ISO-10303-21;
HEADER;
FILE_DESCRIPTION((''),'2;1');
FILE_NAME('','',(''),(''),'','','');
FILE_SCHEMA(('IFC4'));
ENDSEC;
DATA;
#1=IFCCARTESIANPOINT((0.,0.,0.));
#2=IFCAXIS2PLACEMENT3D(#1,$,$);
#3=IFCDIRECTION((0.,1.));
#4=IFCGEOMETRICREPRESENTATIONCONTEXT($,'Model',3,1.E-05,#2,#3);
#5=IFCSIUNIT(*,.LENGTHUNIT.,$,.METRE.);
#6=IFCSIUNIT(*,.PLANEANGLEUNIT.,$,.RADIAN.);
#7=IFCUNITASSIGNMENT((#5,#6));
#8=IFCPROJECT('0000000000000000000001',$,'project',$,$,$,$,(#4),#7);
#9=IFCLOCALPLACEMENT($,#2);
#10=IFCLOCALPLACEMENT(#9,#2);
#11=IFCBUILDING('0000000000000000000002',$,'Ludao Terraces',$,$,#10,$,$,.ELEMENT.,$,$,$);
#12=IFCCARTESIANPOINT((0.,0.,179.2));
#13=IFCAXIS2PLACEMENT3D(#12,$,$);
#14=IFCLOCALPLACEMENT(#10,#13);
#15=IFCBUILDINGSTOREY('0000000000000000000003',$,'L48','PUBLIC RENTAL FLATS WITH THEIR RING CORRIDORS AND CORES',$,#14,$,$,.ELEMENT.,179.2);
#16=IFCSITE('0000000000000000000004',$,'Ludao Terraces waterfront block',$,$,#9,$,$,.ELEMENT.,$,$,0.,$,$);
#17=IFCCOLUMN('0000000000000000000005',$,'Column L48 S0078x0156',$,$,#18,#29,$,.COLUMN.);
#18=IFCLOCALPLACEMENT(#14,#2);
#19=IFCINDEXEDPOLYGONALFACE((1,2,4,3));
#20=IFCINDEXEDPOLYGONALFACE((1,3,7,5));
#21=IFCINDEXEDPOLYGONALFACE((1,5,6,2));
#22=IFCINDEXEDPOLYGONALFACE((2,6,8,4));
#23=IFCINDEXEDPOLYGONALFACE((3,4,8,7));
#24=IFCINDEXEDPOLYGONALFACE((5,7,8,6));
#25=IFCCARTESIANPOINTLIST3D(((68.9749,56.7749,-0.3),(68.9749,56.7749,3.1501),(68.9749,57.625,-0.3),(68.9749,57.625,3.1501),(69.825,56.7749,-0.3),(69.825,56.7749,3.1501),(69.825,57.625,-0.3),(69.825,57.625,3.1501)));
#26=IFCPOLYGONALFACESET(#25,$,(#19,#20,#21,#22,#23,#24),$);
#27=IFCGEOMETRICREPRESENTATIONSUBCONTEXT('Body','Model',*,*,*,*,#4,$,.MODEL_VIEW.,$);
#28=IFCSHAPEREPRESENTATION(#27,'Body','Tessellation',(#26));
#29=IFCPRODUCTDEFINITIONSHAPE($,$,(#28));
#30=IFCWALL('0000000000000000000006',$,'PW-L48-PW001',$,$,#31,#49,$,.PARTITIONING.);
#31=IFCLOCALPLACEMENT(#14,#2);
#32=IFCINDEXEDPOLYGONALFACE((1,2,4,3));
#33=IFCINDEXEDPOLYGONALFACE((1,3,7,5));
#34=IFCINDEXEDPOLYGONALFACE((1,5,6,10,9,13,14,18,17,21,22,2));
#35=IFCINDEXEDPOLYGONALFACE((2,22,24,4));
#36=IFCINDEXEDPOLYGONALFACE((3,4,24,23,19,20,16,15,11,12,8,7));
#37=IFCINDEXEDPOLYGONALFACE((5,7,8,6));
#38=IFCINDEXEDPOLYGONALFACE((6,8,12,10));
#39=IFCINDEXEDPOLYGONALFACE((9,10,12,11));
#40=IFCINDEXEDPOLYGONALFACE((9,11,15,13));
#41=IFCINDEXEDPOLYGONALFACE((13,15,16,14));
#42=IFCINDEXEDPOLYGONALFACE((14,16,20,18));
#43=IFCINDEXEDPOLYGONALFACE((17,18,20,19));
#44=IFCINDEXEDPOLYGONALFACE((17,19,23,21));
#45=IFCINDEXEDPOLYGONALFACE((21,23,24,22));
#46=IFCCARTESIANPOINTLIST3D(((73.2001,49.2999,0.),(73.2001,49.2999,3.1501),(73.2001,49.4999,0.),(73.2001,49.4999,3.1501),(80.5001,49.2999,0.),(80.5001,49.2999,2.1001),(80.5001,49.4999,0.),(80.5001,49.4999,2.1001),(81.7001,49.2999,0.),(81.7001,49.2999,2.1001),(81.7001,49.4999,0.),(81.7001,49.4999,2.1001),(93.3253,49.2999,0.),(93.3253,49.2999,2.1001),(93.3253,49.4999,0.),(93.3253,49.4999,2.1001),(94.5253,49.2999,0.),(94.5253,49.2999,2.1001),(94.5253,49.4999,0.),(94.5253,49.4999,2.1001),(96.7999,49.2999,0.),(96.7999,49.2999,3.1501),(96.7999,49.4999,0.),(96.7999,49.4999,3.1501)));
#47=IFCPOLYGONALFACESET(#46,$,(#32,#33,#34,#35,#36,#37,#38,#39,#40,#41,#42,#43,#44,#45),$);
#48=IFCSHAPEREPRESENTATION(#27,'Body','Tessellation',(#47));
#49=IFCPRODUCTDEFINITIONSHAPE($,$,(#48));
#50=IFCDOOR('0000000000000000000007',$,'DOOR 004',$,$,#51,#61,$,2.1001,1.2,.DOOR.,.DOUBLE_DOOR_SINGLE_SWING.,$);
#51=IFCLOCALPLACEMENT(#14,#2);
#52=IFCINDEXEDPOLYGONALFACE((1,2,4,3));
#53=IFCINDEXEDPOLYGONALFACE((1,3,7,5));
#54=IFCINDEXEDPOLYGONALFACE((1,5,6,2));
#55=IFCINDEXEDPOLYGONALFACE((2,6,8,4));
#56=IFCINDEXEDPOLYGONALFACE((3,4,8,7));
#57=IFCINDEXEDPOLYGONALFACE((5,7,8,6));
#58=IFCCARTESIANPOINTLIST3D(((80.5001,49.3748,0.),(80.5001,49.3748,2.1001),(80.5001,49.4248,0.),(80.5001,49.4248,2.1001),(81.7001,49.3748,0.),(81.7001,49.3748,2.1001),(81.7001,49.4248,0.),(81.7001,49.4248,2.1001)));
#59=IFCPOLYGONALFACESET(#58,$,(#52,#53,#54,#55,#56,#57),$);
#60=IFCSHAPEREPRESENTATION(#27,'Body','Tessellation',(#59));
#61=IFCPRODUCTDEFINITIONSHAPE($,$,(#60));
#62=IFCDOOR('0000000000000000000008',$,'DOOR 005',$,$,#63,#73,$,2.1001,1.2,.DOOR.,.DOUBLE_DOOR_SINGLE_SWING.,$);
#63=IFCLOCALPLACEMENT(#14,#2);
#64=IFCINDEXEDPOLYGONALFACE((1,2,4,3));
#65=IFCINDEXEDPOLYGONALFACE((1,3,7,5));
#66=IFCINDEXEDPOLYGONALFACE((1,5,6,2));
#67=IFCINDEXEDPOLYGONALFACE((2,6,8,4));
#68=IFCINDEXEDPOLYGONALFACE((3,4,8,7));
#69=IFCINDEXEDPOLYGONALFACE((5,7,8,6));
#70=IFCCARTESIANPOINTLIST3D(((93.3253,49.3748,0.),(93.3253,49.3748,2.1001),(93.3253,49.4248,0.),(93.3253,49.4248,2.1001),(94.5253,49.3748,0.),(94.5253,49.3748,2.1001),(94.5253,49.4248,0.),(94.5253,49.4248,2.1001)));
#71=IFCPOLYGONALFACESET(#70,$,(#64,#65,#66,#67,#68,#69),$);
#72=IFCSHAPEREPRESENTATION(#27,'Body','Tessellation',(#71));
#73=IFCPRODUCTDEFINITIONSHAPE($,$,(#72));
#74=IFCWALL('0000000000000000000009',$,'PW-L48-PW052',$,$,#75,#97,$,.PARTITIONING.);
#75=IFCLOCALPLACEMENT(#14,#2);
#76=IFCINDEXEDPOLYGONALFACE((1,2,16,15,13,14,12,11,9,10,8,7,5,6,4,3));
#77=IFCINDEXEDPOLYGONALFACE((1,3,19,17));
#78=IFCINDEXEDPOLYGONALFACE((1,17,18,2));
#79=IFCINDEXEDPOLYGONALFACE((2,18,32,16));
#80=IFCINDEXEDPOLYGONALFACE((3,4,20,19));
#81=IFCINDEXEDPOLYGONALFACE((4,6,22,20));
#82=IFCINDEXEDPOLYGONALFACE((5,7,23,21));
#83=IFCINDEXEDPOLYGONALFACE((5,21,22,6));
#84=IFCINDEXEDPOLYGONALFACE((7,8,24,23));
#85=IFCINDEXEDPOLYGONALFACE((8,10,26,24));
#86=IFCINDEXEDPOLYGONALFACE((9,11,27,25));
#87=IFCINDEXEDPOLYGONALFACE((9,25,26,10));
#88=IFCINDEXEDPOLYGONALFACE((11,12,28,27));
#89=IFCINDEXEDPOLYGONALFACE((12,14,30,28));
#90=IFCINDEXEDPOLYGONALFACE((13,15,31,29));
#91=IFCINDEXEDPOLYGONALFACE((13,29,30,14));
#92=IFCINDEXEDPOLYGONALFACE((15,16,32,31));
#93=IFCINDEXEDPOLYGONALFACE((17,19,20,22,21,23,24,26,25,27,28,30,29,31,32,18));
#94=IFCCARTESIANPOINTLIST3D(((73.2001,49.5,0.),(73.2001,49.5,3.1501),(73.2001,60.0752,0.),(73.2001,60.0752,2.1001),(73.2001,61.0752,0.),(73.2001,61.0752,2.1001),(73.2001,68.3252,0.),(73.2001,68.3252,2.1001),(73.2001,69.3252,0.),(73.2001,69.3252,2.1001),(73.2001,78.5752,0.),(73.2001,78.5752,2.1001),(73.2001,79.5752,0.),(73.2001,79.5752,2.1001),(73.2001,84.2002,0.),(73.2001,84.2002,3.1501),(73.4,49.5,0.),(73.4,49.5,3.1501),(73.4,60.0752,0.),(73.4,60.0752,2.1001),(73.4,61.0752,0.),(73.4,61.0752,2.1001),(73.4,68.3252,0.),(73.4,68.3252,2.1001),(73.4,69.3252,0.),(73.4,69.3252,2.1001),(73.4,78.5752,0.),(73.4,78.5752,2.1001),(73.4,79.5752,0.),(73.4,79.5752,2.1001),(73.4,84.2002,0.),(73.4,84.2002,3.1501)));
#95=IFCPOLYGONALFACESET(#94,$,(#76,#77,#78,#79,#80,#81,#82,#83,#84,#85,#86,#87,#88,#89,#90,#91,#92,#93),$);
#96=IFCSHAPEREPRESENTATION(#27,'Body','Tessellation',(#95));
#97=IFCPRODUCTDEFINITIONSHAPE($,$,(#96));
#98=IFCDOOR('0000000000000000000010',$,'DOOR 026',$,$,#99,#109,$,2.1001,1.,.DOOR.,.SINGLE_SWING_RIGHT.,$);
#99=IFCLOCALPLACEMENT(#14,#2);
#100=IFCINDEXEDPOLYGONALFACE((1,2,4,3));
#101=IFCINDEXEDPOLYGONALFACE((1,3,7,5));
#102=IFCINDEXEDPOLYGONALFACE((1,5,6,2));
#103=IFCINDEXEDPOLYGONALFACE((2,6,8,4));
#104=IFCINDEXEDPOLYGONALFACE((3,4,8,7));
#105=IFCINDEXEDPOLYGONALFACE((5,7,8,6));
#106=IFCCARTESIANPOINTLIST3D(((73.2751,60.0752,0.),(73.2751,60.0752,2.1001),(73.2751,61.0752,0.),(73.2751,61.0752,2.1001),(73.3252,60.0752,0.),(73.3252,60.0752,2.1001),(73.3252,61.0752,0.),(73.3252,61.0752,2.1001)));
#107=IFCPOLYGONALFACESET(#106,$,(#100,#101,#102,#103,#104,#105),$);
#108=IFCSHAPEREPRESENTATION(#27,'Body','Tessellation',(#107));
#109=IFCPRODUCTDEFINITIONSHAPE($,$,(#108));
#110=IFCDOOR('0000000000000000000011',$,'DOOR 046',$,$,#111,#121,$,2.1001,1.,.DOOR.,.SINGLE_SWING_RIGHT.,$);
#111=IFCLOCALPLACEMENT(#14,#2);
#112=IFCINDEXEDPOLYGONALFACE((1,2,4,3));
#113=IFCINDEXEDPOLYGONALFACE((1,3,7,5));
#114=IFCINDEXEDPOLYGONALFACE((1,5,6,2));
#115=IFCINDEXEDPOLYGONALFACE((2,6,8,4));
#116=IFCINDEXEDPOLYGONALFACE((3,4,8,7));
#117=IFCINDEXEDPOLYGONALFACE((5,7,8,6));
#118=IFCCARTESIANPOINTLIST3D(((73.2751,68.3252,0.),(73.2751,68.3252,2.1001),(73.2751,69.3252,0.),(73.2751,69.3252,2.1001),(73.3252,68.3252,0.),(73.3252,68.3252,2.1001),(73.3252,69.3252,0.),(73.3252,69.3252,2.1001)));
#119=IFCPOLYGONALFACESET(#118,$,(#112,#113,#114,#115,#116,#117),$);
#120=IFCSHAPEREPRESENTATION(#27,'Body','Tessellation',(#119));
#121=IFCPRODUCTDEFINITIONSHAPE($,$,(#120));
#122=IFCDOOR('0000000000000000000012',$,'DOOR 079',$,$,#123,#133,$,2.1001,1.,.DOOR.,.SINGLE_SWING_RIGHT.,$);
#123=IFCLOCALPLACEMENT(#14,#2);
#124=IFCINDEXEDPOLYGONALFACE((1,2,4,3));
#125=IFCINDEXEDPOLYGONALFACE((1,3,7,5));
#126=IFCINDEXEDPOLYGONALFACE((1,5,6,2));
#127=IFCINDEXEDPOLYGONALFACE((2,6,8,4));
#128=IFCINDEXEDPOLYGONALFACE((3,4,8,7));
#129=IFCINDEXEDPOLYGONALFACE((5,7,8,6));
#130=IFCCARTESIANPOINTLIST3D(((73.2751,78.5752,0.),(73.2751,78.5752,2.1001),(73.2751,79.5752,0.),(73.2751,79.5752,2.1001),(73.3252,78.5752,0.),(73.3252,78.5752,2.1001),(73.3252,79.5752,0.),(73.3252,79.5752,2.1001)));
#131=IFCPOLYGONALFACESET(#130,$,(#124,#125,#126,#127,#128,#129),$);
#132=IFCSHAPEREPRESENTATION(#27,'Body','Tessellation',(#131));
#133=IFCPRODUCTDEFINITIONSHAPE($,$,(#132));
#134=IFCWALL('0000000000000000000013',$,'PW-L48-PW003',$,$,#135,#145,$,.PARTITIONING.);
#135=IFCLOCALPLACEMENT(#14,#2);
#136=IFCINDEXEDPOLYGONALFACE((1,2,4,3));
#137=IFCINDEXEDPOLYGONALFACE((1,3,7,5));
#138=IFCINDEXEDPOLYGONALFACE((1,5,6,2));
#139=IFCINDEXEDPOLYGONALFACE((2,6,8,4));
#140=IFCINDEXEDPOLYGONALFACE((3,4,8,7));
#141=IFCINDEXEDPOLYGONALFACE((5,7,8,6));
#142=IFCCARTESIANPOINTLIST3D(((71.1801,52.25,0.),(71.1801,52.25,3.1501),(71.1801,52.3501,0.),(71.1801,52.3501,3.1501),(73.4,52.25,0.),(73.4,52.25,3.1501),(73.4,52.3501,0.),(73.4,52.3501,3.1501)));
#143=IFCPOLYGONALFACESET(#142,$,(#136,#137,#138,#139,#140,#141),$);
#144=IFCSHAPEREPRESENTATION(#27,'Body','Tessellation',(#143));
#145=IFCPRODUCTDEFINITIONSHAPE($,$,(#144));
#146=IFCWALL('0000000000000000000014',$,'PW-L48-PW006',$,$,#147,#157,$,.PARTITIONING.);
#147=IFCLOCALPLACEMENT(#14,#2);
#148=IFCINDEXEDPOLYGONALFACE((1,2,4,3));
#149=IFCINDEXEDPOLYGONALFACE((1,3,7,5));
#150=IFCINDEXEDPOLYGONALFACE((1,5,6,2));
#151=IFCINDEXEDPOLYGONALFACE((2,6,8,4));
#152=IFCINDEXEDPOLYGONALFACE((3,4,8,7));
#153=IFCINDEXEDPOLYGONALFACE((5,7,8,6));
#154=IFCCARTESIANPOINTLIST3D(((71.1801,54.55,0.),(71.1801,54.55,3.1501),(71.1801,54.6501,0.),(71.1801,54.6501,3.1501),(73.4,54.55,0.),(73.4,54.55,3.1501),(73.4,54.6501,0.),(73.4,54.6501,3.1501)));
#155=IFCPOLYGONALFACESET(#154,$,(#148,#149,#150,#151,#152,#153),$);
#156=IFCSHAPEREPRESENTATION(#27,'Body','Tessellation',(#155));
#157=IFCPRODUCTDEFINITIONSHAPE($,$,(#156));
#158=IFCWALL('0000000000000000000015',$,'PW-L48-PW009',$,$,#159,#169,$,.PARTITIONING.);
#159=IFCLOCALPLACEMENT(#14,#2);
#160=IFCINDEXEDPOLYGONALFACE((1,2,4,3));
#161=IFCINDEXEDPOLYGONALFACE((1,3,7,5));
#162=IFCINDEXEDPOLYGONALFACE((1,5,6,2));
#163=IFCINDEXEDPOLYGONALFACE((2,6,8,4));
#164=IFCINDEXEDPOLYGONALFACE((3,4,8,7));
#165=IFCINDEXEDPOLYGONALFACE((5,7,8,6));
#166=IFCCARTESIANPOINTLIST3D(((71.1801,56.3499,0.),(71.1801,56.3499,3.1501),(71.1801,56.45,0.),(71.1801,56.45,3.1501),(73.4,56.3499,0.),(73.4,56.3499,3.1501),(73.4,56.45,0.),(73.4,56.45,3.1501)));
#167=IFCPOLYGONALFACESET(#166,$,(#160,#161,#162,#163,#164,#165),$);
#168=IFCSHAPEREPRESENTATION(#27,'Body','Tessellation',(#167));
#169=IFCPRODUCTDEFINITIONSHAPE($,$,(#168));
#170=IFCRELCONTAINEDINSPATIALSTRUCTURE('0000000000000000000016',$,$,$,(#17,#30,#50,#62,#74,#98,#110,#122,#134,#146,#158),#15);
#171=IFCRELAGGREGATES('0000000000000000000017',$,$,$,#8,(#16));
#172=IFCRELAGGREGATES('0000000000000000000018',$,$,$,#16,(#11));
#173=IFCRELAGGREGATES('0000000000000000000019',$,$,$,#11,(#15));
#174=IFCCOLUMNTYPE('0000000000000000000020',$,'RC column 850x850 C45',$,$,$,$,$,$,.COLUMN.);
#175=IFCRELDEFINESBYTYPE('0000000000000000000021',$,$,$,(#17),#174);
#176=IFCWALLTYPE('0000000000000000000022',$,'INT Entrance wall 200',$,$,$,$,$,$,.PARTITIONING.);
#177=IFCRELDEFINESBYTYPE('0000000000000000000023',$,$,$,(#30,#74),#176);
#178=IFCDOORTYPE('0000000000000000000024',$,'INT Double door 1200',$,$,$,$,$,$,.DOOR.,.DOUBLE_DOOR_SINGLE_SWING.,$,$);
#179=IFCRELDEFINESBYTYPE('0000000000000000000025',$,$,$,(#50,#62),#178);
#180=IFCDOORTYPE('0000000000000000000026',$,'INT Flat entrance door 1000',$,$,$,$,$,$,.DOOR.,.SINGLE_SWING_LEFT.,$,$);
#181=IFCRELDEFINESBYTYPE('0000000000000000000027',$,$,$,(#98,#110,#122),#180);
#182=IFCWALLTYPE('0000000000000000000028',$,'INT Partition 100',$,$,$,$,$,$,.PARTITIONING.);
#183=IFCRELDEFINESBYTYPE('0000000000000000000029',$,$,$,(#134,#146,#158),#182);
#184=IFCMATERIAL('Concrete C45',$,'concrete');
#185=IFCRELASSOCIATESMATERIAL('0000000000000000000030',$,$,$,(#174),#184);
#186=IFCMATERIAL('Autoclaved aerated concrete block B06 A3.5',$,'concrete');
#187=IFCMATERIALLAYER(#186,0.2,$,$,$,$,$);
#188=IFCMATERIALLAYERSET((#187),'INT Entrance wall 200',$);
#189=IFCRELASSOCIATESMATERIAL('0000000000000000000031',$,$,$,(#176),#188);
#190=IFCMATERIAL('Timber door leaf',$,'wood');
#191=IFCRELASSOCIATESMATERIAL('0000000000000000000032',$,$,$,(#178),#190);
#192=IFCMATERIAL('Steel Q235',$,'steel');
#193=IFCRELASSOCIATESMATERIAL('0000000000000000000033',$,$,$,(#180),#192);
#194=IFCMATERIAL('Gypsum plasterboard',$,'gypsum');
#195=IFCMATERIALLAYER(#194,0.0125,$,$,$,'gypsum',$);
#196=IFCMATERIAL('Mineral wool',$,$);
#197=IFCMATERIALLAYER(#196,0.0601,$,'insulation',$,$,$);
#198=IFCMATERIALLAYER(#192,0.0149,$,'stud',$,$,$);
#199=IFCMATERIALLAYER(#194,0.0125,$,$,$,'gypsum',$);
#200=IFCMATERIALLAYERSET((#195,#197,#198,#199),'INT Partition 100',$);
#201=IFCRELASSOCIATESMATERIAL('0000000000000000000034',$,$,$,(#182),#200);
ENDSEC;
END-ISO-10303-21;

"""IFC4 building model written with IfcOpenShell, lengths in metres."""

from ifc_helpers import new_model, si_unit, direction, frame, frame_2d, origin, origin_2d, place, context, subcontext, project, spatial, rectangle, extrude, material, layer, layer_set, material_profile, profile_set, type_object, element, fill, save


model = new_model("IFC4")

# Units and contexts
model_context = context("Model", 3, precision=1e-05, world=origin(), true_north=direction((0.0, 1.0)))
body_context = subcontext(model_context, "Body", "Model", "MODEL_VIEW")
ifc_project = project(units=[si_unit("LENGTHUNIT", "METRE"), si_unit("PLANEANGLEUNIT", "RADIAN")], contexts=[model_context])

# Site, building, storey
site_placement = place(None, origin())
site = spatial("IfcSite", under=ifc_project, at=site_placement, Name="Ludao Terraces waterfront block", CompositionType="ELEMENT", RefElevation=0.0)
building_placement = place(site_placement, origin())
building = spatial("IfcBuilding", under=site, at=building_placement, Name="Ludao Terraces", CompositionType="ELEMENT")
storey_placement = place(building_placement, frame((0.0, 0.0, 179.2)))
storey = spatial("IfcBuildingStorey", under=building, at=storey_placement, Name="L48", Description="PUBLIC RENTAL FLATS WITH THEIR RING CORRIDORS AND CORES", CompositionType="ELEMENT", Elevation=179.2)

# Column
ifc_material_1 = material(Name="Concrete C45", Category="concrete")
ifc_material_profile = material_profile(ifc_material_1, rectangle(XDim=0.8501, YDim=0.8501, at=origin_2d()), Name="850 X 850")
ifc_profile_set = profile_set([ifc_material_profile], Name="Concrete C45")
column_type = type_object("IfcColumnType", Name="RC column 850x850 C45", PredefinedType="COLUMN", material=ifc_profile_set)
column_placement = place(storey_placement, frame((69.3999, 57.2, -0.3), z_axis=(0.0, 0.0, 1.0), x_axis=(1.0, 0.0, 0.0)))
element("IfcColumn", 1, at=column_placement, inside=storey, type_object=column_type, Name="Column L48 S0078x0156", PredefinedType="COLUMN", context=body_context, shape_type="SweptSolid", body=[
    extrude(rectangle(XDim=0.8501, YDim=0.8501, at=origin_2d()), origin(), (0.0, 0.0, 1.0), 3.4502),
])

# Walls, openings, doors
ifc_material_2 = material(Name="Autoclaved aerated concrete block B06 A3.5", Category="concrete")
ifc_layer_1 = layer(ifc_material_2, 0.2)
ifc_layer_set_1 = layer_set([ifc_layer_1], Name="INT Entrance wall 200")
wall_type_1 = type_object("IfcWallType", Name="INT Entrance wall 200", PredefinedType="PARTITIONING", material=ifc_layer_set_1)
wall_1_placement = place(storey_placement, frame((73.2002, 49.3999, 0.0), z_axis=(0.0, 0.0, 1.0), x_axis=(1.0, 0.0, 0.0)))
wall_1 = element("IfcWall", 2, at=wall_1_placement, inside=storey, type_object=wall_type_1, Name="PW-L48-PW001", PredefinedType="PARTITIONING", context=body_context, shape_type="SweptSolid", body=[
    extrude(rectangle(XDim=23.5999, YDim=0.2, at=frame_2d((11.7998, 0.0))), origin(), (0.0, 0.0, 1.0), 3.1501),
])
opening_1_placement = place(wall_1_placement, frame((7.2998, 0.0, 0.0)))
opening_1 = element("IfcOpeningElement", 3, at=opening_1_placement, cuts=wall_1, PredefinedType="OPENING", context=body_context, shape_type="SweptSolid", body=[
    extrude(rectangle(XDim=1.2, YDim=2.1001, at=frame_2d((0.6001, 1.05))), frame((0.0, 0.1099, 0.0), z_axis=(0.0, -1.0, 0.0), x_axis=(1.0, 0.0, 0.0)), (0.0, 0.0, 1.0), 0.22),
])
opening_2_placement = place(wall_1_placement, frame((20.125, 0.0, 0.0)))
opening_2 = element("IfcOpeningElement", 4, at=opening_2_placement, cuts=wall_1, PredefinedType="OPENING", context=body_context, shape_type="SweptSolid", body=[
    extrude(rectangle(XDim=1.2, YDim=2.1001, at=frame_2d((0.6001, 1.05))), frame((0.0, 0.1099, 0.0), z_axis=(0.0, -1.0, 0.0), x_axis=(1.0, 0.0, 0.0)), (0.0, 0.0, 1.0), 0.22),
])
ifc_material_3 = material(Name="Timber door leaf", Category="wood")
door_type_1 = type_object("IfcDoorType", Name="INT Double door 1200", OperationType="DOUBLE_DOOR_SINGLE_SWING", PredefinedType="DOOR", material=ifc_material_3)
door_1_placement = place(opening_1_placement, origin())
door_1 = element("IfcDoor", 5, at=door_1_placement, inside=storey, type_object=door_type_1, Name="DOOR 004", OperationType="DOUBLE_DOOR_SINGLE_SWING", OverallHeight=2.1001, OverallWidth=1.2, PredefinedType="DOOR", context=body_context, shape_type="SweptSolid", body=[
    extrude(rectangle(XDim=1.2, YDim=2.1001, at=frame_2d((0.6001, 1.05))), frame((0.0, 0.0249, 0.0), z_axis=(0.0, -1.0, 0.0), x_axis=(1.0, 0.0, 0.0)), (0.0, 0.0, 1.0), 0.05),
])
fill(opening_1, door_1)
door_2_placement = place(opening_2_placement, origin())
door_2 = element("IfcDoor", 6, at=door_2_placement, inside=storey, type_object=door_type_1, Name="DOOR 005", OperationType="DOUBLE_DOOR_SINGLE_SWING", OverallHeight=2.1001, OverallWidth=1.2, PredefinedType="DOOR", context=body_context, shape_type="SweptSolid", body=[
    extrude(rectangle(XDim=1.2, YDim=2.1001, at=frame_2d((0.6001, 1.05))), frame((0.0, 0.0249, 0.0), z_axis=(0.0, -1.0, 0.0), x_axis=(1.0, 0.0, 0.0)), (0.0, 0.0, 1.0), 0.05),
])
fill(opening_2, door_2)
wall_2_placement = place(storey_placement, frame((73.3, 49.5, 0.0), z_axis=(0.0, 0.0, 1.0), x_axis=(0.0, 1.0, 0.0)))
wall_2 = element("IfcWall", 7, at=wall_2_placement, inside=storey, type_object=wall_type_1, Name="PW-L48-PW052", PredefinedType="PARTITIONING", context=body_context, shape_type="SweptSolid", body=[
    extrude(rectangle(XDim=34.7002, YDim=0.2, at=frame_2d((17.3501, 0.0))), origin(), (0.0, 0.0, 1.0), 3.1501),
])
opening_3_placement = place(wall_2_placement, frame((10.5752, 0.0, 0.0)))
opening_3 = element("IfcOpeningElement", 8, at=opening_3_placement, cuts=wall_2, PredefinedType="OPENING", context=body_context, shape_type="SweptSolid", body=[
    extrude(rectangle(XDim=1.0, YDim=2.1001, at=frame_2d((0.5, 1.05))), frame((0.0, 0.1099, 0.0), z_axis=(0.0, -1.0, 0.0), x_axis=(1.0, 0.0, 0.0)), (0.0, 0.0, 1.0), 0.22),
])
opening_4_placement = place(wall_2_placement, frame((18.8252, 0.0, 0.0)))
opening_4 = element("IfcOpeningElement", 9, at=opening_4_placement, cuts=wall_2, PredefinedType="OPENING", context=body_context, shape_type="SweptSolid", body=[
    extrude(rectangle(XDim=1.0, YDim=2.1001, at=frame_2d((0.5, 1.05))), frame((0.0, 0.1099, 0.0), z_axis=(0.0, -1.0, 0.0), x_axis=(1.0, 0.0, 0.0)), (0.0, 0.0, 1.0), 0.22),
])
opening_5_placement = place(wall_2_placement, frame((29.0752, 0.0, 0.0)))
opening_5 = element("IfcOpeningElement", 10, at=opening_5_placement, cuts=wall_2, PredefinedType="OPENING", context=body_context, shape_type="SweptSolid", body=[
    extrude(rectangle(XDim=1.0, YDim=2.1001, at=frame_2d((0.5, 1.05))), frame((0.0, 0.1099, 0.0), z_axis=(0.0, -1.0, 0.0), x_axis=(1.0, 0.0, 0.0)), (0.0, 0.0, 1.0), 0.22),
])
ifc_material_4 = material(Name="Steel Q235", Category="steel")
door_type_2 = type_object("IfcDoorType", Name="INT Flat entrance door 1000", OperationType="SINGLE_SWING_LEFT", PredefinedType="DOOR", material=ifc_material_4)
door_3_placement = place(opening_3_placement, origin())
door_3 = element("IfcDoor", 11, at=door_3_placement, inside=storey, type_object=door_type_2, Name="DOOR 026", OperationType="SINGLE_SWING_RIGHT", OverallHeight=2.1001, OverallWidth=1.0, PredefinedType="DOOR", context=body_context, shape_type="SweptSolid", body=[
    extrude(rectangle(XDim=1.0, YDim=2.1001, at=frame_2d((0.5, 1.05))), frame((0.0, 0.0249, 0.0), z_axis=(0.0, -1.0, 0.0), x_axis=(1.0, 0.0, 0.0)), (0.0, 0.0, 1.0), 0.05),
])
fill(opening_3, door_3)
door_4_placement = place(opening_4_placement, origin())
door_4 = element("IfcDoor", 12, at=door_4_placement, inside=storey, type_object=door_type_2, Name="DOOR 046", OperationType="SINGLE_SWING_RIGHT", OverallHeight=2.1001, OverallWidth=1.0, PredefinedType="DOOR", context=body_context, shape_type="SweptSolid", body=[
    extrude(rectangle(XDim=1.0, YDim=2.1001, at=frame_2d((0.5, 1.05))), frame((0.0, 0.0249, 0.0), z_axis=(0.0, -1.0, 0.0), x_axis=(1.0, 0.0, 0.0)), (0.0, 0.0, 1.0), 0.05),
])
fill(opening_4, door_4)
door_5_placement = place(opening_5_placement, origin())
door_5 = element("IfcDoor", 13, at=door_5_placement, inside=storey, type_object=door_type_2, Name="DOOR 079", OperationType="SINGLE_SWING_RIGHT", OverallHeight=2.1001, OverallWidth=1.0, PredefinedType="DOOR", context=body_context, shape_type="SweptSolid", body=[
    extrude(rectangle(XDim=1.0, YDim=2.1001, at=frame_2d((0.5, 1.05))), frame((0.0, 0.0249, 0.0), z_axis=(0.0, -1.0, 0.0), x_axis=(1.0, 0.0, 0.0)), (0.0, 0.0, 1.0), 0.05),
])
fill(opening_5, door_5)

# Walls
ifc_material_5 = material(Name="Gypsum plasterboard", Category="gypsum")
ifc_layer_2 = layer(ifc_material_5, 0.0125, Category="gypsum")
ifc_material_6 = material(Name="Mineral wool")
ifc_layer_3 = layer(ifc_material_6, 0.0601, Name="insulation")
ifc_layer_4 = layer(ifc_material_4, 0.0149, Name="stud")
ifc_layer_5 = layer(ifc_material_5, 0.0125, Category="gypsum")
ifc_layer_set_2 = layer_set([ifc_layer_2, ifc_layer_3, ifc_layer_4, ifc_layer_5], Name="INT Partition 100")
wall_type_2 = type_object("IfcWallType", Name="INT Partition 100", PredefinedType="PARTITIONING", material=ifc_layer_set_2)
for number, where, z_axis, x_axis, name in (
    (14, (71.1802, 52.3, 0.0), (0.0, 0.0, 1.0), (1.0, 0.0, 0.0), "PW-L48-PW003"),
    (15, (71.1802, 54.6001, 0.0), (0.0, 0.0, 1.0), (1.0, 0.0, 0.0), "PW-L48-PW006"),
    (16, (71.1802, 56.3999, 0.0), (0.0, 0.0, 1.0), (1.0, 0.0, 0.0), "PW-L48-PW009"),
):
    element("IfcWall", number, at=place(storey_placement, frame(where, z_axis=z_axis, x_axis=x_axis)), inside=storey, type_object=wall_type_2, Name=name, PredefinedType="PARTITIONING", context=body_context, shape_type="SweptSolid", body=[
        extrude(rectangle(XDim=2.22, YDim=0.1001, at=frame_2d((1.1099, 0.0))), origin(), (0.0, 0.0, 1.0), 3.1501),
    ])

save(model, "model.ifc")
